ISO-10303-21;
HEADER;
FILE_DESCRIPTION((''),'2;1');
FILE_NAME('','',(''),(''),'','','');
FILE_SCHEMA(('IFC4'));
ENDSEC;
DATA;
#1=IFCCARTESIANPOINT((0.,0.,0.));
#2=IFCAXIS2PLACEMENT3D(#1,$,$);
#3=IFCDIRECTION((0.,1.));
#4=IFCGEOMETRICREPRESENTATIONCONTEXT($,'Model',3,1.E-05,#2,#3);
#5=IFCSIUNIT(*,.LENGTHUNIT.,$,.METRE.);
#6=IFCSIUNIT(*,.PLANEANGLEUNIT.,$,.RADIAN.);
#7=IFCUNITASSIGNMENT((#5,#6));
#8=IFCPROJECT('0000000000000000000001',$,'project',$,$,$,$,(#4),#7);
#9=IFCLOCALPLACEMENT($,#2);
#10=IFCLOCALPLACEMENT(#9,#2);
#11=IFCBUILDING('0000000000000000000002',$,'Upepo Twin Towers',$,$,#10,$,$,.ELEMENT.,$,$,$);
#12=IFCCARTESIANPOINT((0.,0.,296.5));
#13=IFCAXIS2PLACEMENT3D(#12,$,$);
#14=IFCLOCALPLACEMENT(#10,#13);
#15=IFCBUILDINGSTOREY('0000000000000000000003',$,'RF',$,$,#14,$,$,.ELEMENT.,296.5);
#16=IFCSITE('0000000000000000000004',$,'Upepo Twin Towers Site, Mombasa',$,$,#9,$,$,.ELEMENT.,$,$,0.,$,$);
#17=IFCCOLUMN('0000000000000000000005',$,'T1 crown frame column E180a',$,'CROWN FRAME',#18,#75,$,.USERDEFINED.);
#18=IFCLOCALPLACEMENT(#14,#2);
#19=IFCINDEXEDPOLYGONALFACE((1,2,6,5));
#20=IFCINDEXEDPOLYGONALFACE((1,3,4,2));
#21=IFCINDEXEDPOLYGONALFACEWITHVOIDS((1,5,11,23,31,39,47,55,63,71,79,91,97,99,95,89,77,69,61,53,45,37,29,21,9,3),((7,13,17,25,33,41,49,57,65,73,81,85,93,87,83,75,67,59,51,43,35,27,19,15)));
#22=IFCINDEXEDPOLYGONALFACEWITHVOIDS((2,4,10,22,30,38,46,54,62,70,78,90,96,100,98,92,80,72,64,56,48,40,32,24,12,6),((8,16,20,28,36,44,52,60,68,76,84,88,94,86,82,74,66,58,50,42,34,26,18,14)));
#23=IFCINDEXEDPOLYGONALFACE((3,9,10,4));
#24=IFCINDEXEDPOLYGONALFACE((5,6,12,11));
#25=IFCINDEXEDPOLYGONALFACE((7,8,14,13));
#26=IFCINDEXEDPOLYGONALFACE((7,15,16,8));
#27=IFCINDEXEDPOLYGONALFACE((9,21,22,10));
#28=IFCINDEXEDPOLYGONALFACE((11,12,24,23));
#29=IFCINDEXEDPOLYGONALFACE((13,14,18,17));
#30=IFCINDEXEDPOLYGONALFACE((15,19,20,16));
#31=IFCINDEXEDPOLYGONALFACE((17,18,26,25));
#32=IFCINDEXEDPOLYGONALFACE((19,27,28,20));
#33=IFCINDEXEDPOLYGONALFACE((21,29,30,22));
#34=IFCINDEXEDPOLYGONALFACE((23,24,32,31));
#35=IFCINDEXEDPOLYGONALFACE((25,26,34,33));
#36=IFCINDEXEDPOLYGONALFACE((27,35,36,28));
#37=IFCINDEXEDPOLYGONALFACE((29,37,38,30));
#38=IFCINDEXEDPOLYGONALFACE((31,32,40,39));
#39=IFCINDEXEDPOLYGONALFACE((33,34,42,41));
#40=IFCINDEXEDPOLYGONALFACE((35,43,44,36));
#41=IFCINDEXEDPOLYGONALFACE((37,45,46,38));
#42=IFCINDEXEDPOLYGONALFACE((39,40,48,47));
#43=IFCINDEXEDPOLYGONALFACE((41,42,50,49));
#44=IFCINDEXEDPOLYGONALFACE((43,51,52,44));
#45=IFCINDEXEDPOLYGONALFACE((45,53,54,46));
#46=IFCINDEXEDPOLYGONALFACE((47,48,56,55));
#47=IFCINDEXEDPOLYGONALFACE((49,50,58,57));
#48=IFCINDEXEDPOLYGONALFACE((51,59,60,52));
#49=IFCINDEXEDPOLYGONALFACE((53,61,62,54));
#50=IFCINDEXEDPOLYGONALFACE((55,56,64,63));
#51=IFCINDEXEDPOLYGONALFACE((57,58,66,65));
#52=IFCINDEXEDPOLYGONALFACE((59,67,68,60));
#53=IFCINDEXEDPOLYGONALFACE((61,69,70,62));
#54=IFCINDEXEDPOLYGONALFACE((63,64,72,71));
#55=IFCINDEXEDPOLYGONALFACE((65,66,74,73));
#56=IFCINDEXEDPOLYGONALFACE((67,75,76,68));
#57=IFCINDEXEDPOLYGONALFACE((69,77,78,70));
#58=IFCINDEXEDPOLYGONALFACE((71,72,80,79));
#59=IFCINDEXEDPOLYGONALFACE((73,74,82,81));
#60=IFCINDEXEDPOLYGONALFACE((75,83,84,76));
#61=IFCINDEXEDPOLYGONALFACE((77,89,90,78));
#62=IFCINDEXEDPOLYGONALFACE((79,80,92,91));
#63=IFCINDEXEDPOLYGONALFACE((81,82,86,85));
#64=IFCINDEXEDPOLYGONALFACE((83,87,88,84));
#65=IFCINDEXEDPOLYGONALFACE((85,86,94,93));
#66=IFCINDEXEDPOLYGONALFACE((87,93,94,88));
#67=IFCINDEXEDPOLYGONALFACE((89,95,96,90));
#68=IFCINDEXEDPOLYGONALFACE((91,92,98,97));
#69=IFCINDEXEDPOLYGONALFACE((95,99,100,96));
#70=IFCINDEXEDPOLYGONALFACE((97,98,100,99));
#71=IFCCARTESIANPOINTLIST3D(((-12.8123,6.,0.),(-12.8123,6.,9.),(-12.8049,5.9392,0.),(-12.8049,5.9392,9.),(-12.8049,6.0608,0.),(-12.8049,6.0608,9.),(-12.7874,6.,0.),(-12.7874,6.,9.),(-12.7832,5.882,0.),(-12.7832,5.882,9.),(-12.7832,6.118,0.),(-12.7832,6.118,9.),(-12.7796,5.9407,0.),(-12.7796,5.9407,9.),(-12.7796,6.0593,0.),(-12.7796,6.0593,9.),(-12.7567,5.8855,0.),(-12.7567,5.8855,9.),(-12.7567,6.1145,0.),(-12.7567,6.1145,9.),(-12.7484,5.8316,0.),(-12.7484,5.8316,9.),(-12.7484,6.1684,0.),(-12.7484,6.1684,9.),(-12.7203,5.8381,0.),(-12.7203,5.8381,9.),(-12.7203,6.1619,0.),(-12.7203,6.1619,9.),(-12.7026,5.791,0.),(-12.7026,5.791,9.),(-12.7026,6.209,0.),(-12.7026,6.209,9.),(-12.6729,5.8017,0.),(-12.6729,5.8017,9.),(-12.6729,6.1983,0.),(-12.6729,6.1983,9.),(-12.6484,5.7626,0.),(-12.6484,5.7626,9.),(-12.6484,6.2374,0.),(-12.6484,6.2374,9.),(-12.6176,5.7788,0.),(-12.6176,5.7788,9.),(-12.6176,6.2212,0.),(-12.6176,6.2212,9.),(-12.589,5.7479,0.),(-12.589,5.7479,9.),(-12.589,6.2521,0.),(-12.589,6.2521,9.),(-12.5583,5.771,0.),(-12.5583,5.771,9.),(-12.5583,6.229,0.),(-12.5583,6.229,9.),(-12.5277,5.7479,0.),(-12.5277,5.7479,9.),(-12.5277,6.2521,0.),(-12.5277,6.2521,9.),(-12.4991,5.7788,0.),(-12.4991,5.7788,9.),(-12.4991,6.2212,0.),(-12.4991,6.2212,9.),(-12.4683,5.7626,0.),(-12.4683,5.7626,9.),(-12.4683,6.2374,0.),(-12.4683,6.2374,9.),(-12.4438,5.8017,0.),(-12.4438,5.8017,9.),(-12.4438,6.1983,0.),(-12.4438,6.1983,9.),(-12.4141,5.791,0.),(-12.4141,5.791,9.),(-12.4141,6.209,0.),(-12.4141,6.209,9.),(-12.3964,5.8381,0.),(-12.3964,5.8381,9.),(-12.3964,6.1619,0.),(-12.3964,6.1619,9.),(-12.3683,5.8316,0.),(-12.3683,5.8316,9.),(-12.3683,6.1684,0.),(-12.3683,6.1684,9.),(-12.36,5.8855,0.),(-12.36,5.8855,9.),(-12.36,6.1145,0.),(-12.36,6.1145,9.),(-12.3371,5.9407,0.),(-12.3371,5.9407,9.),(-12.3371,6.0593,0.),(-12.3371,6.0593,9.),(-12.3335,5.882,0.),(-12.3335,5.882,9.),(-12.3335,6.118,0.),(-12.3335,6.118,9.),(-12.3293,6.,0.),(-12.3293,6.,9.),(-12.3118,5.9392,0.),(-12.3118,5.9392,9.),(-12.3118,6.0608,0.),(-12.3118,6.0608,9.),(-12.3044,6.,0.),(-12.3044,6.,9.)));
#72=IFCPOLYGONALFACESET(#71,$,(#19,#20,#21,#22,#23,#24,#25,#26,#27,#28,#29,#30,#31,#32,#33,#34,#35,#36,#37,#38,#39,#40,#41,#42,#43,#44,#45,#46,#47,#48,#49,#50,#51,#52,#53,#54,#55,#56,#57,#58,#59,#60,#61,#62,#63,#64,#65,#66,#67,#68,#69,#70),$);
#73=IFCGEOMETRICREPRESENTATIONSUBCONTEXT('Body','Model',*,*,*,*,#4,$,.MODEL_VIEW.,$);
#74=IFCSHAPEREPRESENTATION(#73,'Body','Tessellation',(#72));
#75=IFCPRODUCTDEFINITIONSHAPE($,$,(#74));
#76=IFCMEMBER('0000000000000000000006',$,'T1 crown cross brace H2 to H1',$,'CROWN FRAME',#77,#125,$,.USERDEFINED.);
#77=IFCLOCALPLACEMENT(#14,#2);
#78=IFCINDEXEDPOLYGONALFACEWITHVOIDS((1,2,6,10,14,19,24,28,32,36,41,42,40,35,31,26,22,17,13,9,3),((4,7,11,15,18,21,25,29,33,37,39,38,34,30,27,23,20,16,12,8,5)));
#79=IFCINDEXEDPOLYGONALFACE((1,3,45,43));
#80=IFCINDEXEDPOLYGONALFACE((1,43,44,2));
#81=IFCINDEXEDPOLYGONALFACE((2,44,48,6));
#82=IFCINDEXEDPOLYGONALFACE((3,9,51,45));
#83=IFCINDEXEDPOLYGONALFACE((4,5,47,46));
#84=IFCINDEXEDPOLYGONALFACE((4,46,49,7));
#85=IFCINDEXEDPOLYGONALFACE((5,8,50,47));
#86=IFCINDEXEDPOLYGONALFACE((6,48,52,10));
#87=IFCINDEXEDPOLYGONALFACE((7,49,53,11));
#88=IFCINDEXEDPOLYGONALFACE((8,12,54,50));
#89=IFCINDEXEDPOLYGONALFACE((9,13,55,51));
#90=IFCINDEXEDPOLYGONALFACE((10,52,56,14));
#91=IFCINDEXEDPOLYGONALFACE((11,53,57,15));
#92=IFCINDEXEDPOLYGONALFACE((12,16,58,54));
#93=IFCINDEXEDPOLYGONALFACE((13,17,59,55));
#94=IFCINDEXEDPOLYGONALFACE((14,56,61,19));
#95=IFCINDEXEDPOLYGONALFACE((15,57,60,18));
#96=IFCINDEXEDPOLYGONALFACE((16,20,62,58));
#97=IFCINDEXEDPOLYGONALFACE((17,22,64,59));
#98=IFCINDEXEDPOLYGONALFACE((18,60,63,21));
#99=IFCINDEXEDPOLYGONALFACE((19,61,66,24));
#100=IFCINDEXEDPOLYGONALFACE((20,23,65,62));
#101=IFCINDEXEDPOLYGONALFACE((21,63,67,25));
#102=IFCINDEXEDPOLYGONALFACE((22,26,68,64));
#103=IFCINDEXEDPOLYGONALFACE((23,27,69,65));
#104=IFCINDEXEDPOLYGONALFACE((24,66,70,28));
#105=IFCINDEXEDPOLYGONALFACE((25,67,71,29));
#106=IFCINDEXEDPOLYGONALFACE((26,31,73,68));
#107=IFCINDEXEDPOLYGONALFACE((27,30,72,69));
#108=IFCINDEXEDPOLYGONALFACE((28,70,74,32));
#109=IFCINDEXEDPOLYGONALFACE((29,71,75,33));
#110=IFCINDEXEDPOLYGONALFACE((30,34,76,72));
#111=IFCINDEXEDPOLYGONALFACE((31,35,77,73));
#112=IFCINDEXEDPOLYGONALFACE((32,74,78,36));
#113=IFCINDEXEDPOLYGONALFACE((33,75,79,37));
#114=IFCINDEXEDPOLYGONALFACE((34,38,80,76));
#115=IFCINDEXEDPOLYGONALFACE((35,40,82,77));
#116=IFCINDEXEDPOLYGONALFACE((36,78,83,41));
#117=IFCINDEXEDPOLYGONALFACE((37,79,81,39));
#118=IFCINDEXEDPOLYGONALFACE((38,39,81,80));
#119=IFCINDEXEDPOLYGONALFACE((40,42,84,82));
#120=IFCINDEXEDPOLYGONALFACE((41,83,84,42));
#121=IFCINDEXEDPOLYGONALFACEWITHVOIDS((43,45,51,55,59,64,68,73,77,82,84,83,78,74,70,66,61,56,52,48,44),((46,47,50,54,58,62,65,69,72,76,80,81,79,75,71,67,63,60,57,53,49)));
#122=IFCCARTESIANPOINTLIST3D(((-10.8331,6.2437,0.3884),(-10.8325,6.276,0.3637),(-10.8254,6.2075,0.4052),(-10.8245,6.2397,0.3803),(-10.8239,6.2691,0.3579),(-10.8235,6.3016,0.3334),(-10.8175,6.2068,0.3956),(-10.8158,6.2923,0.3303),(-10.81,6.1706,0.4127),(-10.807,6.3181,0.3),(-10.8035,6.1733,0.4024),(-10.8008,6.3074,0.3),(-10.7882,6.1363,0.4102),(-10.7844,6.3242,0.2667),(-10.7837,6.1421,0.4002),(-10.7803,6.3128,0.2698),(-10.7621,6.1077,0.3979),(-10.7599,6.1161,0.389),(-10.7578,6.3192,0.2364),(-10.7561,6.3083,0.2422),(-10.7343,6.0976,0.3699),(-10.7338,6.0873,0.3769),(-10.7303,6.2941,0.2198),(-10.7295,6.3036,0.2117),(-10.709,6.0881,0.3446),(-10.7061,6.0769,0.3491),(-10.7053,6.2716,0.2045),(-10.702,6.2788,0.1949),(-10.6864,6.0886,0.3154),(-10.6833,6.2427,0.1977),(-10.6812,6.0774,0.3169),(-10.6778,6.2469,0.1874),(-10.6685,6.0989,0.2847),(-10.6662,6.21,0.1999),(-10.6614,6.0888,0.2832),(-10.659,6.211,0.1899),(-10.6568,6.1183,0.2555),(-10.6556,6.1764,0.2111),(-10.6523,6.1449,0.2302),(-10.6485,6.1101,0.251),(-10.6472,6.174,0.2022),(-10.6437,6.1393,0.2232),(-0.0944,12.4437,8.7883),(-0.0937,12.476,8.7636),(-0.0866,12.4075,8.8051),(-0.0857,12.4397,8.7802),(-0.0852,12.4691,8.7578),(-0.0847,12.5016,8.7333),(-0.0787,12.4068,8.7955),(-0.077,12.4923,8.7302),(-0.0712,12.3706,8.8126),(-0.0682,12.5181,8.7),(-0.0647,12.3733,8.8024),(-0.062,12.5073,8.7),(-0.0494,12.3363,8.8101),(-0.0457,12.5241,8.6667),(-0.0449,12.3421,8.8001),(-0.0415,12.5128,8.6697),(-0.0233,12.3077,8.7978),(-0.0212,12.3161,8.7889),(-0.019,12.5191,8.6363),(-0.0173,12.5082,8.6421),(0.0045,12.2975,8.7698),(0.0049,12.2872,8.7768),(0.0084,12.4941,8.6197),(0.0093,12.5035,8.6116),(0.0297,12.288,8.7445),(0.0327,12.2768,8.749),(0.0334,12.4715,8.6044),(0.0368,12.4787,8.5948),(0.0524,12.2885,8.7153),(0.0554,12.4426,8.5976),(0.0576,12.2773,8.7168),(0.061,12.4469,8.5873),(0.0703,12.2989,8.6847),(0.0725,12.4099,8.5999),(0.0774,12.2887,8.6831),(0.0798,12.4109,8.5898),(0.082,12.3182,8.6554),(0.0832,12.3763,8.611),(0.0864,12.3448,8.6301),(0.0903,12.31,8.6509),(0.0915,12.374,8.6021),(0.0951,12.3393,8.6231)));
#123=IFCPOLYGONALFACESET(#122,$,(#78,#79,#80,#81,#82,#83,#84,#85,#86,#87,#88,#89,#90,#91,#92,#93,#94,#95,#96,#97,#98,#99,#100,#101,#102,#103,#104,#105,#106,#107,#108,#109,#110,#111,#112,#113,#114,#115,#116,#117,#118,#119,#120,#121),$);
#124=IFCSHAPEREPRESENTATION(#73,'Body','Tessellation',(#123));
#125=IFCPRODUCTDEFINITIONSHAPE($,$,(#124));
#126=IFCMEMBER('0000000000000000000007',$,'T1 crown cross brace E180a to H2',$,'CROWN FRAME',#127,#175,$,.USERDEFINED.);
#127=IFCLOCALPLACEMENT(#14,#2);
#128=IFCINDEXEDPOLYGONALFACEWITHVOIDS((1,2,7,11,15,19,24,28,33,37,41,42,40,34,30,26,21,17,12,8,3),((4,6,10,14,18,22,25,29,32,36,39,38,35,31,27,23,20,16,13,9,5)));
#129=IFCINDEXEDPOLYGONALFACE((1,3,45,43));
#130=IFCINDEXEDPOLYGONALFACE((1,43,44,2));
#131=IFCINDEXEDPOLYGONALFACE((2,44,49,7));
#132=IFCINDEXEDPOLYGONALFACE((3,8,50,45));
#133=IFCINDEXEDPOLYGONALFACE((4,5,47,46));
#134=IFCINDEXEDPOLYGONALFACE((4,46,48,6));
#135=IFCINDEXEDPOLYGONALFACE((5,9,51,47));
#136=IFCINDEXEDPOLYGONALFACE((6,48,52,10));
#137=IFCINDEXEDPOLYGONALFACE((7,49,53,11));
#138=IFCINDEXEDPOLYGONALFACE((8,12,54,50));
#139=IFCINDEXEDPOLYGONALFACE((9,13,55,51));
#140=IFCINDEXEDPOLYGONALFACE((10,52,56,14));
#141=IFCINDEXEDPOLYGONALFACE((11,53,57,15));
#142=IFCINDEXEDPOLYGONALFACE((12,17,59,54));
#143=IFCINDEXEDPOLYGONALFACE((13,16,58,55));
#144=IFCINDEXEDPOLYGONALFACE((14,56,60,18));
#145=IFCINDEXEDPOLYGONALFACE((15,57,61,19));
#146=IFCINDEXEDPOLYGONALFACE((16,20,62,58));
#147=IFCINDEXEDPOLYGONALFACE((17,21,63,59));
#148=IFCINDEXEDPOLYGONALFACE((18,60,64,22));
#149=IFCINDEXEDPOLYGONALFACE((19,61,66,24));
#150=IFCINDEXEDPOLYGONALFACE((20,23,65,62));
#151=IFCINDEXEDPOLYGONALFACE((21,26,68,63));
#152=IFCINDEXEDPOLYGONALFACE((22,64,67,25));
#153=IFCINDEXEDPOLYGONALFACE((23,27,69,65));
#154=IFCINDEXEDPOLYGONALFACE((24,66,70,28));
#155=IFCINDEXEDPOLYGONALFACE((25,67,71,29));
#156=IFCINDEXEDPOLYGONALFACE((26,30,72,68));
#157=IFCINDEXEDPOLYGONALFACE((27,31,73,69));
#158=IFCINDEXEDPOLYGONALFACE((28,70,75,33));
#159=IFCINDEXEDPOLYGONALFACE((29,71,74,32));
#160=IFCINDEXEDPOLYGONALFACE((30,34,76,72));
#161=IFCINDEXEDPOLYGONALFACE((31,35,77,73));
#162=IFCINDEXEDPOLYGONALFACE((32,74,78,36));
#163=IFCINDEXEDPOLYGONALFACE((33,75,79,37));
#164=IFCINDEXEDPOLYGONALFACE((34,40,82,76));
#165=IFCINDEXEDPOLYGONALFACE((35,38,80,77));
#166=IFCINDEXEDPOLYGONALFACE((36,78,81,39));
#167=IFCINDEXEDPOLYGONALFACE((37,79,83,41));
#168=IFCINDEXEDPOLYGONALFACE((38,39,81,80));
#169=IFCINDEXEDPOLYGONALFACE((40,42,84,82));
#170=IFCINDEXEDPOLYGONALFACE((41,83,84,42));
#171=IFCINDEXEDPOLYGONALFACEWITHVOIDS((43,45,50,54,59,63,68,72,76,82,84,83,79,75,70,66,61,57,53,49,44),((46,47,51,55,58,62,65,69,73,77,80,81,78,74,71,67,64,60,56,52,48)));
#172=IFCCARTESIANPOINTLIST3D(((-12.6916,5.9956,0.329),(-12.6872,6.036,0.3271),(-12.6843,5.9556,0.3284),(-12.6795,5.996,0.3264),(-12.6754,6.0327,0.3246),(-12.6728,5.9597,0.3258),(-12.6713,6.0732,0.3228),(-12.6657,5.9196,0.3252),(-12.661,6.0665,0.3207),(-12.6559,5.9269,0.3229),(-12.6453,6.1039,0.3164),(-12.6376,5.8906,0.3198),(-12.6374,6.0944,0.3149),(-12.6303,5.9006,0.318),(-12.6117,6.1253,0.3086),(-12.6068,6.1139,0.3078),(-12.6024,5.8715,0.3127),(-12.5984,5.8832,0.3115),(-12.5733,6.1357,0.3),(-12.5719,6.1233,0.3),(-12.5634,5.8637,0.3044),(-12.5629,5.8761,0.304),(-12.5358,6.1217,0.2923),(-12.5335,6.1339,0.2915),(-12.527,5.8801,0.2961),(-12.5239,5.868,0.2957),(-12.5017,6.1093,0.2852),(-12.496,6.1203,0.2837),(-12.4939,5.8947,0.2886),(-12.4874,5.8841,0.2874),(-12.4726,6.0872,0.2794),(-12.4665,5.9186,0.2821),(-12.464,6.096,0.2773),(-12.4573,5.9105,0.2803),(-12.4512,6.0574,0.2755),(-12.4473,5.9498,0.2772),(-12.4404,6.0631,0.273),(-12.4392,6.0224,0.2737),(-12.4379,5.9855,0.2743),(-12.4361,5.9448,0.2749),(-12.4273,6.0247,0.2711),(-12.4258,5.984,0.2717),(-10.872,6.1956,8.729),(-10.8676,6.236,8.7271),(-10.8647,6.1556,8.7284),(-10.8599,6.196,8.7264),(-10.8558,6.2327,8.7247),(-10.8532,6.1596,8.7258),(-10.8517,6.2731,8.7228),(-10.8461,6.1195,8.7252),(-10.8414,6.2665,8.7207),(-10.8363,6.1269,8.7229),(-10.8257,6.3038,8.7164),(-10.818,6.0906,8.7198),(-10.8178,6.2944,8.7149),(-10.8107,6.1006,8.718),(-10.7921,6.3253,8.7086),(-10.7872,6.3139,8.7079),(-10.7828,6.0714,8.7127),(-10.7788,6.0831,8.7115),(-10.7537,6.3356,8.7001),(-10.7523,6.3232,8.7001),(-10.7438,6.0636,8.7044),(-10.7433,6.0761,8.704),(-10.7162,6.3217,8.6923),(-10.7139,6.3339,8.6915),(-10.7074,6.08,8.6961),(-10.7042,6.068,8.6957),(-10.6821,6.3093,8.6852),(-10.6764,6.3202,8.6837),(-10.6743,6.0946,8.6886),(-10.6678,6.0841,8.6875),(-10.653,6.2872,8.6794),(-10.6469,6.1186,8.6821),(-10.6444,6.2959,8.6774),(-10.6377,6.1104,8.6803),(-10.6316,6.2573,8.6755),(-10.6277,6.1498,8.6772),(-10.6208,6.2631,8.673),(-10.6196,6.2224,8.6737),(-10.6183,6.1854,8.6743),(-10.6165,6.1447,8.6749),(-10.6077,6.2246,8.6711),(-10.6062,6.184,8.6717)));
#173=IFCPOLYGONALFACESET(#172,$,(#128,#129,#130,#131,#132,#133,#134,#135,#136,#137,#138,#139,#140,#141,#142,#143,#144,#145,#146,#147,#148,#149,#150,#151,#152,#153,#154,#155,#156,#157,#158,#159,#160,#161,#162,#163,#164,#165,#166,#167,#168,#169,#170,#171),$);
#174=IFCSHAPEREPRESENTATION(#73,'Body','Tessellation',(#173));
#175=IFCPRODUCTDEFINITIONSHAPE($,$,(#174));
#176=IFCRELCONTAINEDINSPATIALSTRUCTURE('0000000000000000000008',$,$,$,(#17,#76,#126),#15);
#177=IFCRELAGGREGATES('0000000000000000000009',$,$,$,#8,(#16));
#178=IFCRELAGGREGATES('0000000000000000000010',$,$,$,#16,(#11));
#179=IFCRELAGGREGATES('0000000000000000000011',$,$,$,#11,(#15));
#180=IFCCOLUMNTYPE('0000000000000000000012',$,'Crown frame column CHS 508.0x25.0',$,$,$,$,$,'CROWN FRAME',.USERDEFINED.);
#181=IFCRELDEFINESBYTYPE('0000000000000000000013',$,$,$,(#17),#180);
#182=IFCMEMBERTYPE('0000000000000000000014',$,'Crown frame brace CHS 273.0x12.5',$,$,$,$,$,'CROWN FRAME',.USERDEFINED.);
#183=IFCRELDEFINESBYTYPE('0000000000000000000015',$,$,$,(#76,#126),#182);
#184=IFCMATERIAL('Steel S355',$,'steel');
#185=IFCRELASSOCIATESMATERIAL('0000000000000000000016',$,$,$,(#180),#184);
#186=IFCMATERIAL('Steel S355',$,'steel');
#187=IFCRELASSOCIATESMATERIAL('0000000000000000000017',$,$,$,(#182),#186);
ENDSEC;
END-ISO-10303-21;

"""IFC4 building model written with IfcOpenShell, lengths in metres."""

from ifc_helpers import new_model, si_unit, direction, frame, origin, origin_2d, place, context, subcontext, project, spatial, hollow_circle, extrude, material, material_profile, profile_set, type_object, element, save


model = new_model("IFC4")

# Units and contexts
model_context = context("Model", 3, precision=1e-05, world=origin(), true_north=direction((0.0, 1.0)))
body_context = subcontext(model_context, "Body", "Model", "MODEL_VIEW")
ifc_project = project(units=[si_unit("LENGTHUNIT", "METRE"), si_unit("PLANEANGLEUNIT", "RADIAN")], contexts=[model_context])

# Site, building, storey
site_placement = place(None, origin())
site = spatial("IfcSite", under=ifc_project, at=site_placement, Name="Upepo Twin Towers Site, Mombasa", CompositionType="ELEMENT", RefElevation=0.0)
building_placement = place(site_placement, origin())
building = spatial("IfcBuilding", under=site, at=building_placement, Name="Upepo Twin Towers", CompositionType="ELEMENT")
storey_placement = place(building_placement, frame((0.0, 0.0, 296.5)))
storey = spatial("IfcBuildingStorey", under=building, at=storey_placement, Name="RF", CompositionType="ELEMENT", Elevation=296.5)

# Column
ifc_material_1 = material(Name="Steel S355", Category="steel")
ifc_material_profile_1 = material_profile(ifc_material_1, hollow_circle(Radius=0.2539, WallThickness=0.0249, at=origin_2d()), Name="CHS 508.0x25.0")
ifc_profile_set_1 = profile_set([ifc_material_profile_1], Name="Steel S355")
column_type = type_object("IfcColumnType", Name="Crown frame column CHS 508.0x25.0", ElementType="CROWN FRAME", PredefinedType="USERDEFINED", material=ifc_profile_set_1)
column_placement = place(storey_placement, frame((-12.5583, 6.0, 0.0), z_axis=(0.0, 0.0, 1.0), x_axis=(1.0, 0.0, 0.0)))
element("IfcColumn", 1, at=column_placement, inside=storey, type_object=column_type, Name="T1 crown frame column E180a", ObjectType="CROWN FRAME", PredefinedType="USERDEFINED", context=body_context, shape_type="SweptSolid", body=[
    extrude(hollow_circle(Radius=0.2539, WallThickness=0.0249, at=origin_2d()), origin(), (0.0, 0.0, 1.0), 9.0),
])

# Members
ifc_material_2 = material(Name="Steel S355", Category="steel")
ifc_material_profile_2 = material_profile(ifc_material_2, hollow_circle(Radius=0.1365, WallThickness=0.0125, at=origin_2d()), Name="CHS 273.0x12.5")
ifc_profile_set_2 = profile_set([ifc_material_profile_2], Name="Steel S355")
member_type_1 = type_object("IfcMemberType", Name="Crown frame brace CHS 273.0x12.5", ElementType="CROWN FRAME", PredefinedType="USERDEFINED", material=ifc_profile_set_2)
member_1_placement = place(storey_placement, frame((-10.7388, 6.2, 0.3), z_axis=(0.717004, 0.413957, 0.560843), x_axis=(-0.499995, 0.866028, 0.0)))
element("IfcMember", 2, at=member_1_placement, inside=storey, type_object=member_type_1, Name="T1 crown cross brace H2 to H1", ObjectType="CROWN FRAME", PredefinedType="USERDEFINED", context=body_context, shape_type="SweptSolid", body=[
    extrude(hollow_circle(Radius=0.1365, WallThickness=0.0125, at=origin_2d()), origin(), (0.0, 0.0, 1.0), 14.9773),
])
member_2_placement = place(storey_placement, frame((-12.5583, 6.0, 0.3), z_axis=(0.211652, 0.023258, 0.977068), x_axis=(-0.109231, 0.994016, 0.0)))
element("IfcMember", 3, at=member_2_placement, inside=storey, type_object=member_type_1, Name="T1 crown cross brace E180a to H2", ObjectType="CROWN FRAME", PredefinedType="USERDEFINED", context=body_context, shape_type="SweptSolid", body=[
    extrude(hollow_circle(Radius=0.1365, WallThickness=0.0125, at=origin_2d()), origin(), (0.0, 0.0, 1.0), 8.5972),
])

save(model, "model.ifc")
